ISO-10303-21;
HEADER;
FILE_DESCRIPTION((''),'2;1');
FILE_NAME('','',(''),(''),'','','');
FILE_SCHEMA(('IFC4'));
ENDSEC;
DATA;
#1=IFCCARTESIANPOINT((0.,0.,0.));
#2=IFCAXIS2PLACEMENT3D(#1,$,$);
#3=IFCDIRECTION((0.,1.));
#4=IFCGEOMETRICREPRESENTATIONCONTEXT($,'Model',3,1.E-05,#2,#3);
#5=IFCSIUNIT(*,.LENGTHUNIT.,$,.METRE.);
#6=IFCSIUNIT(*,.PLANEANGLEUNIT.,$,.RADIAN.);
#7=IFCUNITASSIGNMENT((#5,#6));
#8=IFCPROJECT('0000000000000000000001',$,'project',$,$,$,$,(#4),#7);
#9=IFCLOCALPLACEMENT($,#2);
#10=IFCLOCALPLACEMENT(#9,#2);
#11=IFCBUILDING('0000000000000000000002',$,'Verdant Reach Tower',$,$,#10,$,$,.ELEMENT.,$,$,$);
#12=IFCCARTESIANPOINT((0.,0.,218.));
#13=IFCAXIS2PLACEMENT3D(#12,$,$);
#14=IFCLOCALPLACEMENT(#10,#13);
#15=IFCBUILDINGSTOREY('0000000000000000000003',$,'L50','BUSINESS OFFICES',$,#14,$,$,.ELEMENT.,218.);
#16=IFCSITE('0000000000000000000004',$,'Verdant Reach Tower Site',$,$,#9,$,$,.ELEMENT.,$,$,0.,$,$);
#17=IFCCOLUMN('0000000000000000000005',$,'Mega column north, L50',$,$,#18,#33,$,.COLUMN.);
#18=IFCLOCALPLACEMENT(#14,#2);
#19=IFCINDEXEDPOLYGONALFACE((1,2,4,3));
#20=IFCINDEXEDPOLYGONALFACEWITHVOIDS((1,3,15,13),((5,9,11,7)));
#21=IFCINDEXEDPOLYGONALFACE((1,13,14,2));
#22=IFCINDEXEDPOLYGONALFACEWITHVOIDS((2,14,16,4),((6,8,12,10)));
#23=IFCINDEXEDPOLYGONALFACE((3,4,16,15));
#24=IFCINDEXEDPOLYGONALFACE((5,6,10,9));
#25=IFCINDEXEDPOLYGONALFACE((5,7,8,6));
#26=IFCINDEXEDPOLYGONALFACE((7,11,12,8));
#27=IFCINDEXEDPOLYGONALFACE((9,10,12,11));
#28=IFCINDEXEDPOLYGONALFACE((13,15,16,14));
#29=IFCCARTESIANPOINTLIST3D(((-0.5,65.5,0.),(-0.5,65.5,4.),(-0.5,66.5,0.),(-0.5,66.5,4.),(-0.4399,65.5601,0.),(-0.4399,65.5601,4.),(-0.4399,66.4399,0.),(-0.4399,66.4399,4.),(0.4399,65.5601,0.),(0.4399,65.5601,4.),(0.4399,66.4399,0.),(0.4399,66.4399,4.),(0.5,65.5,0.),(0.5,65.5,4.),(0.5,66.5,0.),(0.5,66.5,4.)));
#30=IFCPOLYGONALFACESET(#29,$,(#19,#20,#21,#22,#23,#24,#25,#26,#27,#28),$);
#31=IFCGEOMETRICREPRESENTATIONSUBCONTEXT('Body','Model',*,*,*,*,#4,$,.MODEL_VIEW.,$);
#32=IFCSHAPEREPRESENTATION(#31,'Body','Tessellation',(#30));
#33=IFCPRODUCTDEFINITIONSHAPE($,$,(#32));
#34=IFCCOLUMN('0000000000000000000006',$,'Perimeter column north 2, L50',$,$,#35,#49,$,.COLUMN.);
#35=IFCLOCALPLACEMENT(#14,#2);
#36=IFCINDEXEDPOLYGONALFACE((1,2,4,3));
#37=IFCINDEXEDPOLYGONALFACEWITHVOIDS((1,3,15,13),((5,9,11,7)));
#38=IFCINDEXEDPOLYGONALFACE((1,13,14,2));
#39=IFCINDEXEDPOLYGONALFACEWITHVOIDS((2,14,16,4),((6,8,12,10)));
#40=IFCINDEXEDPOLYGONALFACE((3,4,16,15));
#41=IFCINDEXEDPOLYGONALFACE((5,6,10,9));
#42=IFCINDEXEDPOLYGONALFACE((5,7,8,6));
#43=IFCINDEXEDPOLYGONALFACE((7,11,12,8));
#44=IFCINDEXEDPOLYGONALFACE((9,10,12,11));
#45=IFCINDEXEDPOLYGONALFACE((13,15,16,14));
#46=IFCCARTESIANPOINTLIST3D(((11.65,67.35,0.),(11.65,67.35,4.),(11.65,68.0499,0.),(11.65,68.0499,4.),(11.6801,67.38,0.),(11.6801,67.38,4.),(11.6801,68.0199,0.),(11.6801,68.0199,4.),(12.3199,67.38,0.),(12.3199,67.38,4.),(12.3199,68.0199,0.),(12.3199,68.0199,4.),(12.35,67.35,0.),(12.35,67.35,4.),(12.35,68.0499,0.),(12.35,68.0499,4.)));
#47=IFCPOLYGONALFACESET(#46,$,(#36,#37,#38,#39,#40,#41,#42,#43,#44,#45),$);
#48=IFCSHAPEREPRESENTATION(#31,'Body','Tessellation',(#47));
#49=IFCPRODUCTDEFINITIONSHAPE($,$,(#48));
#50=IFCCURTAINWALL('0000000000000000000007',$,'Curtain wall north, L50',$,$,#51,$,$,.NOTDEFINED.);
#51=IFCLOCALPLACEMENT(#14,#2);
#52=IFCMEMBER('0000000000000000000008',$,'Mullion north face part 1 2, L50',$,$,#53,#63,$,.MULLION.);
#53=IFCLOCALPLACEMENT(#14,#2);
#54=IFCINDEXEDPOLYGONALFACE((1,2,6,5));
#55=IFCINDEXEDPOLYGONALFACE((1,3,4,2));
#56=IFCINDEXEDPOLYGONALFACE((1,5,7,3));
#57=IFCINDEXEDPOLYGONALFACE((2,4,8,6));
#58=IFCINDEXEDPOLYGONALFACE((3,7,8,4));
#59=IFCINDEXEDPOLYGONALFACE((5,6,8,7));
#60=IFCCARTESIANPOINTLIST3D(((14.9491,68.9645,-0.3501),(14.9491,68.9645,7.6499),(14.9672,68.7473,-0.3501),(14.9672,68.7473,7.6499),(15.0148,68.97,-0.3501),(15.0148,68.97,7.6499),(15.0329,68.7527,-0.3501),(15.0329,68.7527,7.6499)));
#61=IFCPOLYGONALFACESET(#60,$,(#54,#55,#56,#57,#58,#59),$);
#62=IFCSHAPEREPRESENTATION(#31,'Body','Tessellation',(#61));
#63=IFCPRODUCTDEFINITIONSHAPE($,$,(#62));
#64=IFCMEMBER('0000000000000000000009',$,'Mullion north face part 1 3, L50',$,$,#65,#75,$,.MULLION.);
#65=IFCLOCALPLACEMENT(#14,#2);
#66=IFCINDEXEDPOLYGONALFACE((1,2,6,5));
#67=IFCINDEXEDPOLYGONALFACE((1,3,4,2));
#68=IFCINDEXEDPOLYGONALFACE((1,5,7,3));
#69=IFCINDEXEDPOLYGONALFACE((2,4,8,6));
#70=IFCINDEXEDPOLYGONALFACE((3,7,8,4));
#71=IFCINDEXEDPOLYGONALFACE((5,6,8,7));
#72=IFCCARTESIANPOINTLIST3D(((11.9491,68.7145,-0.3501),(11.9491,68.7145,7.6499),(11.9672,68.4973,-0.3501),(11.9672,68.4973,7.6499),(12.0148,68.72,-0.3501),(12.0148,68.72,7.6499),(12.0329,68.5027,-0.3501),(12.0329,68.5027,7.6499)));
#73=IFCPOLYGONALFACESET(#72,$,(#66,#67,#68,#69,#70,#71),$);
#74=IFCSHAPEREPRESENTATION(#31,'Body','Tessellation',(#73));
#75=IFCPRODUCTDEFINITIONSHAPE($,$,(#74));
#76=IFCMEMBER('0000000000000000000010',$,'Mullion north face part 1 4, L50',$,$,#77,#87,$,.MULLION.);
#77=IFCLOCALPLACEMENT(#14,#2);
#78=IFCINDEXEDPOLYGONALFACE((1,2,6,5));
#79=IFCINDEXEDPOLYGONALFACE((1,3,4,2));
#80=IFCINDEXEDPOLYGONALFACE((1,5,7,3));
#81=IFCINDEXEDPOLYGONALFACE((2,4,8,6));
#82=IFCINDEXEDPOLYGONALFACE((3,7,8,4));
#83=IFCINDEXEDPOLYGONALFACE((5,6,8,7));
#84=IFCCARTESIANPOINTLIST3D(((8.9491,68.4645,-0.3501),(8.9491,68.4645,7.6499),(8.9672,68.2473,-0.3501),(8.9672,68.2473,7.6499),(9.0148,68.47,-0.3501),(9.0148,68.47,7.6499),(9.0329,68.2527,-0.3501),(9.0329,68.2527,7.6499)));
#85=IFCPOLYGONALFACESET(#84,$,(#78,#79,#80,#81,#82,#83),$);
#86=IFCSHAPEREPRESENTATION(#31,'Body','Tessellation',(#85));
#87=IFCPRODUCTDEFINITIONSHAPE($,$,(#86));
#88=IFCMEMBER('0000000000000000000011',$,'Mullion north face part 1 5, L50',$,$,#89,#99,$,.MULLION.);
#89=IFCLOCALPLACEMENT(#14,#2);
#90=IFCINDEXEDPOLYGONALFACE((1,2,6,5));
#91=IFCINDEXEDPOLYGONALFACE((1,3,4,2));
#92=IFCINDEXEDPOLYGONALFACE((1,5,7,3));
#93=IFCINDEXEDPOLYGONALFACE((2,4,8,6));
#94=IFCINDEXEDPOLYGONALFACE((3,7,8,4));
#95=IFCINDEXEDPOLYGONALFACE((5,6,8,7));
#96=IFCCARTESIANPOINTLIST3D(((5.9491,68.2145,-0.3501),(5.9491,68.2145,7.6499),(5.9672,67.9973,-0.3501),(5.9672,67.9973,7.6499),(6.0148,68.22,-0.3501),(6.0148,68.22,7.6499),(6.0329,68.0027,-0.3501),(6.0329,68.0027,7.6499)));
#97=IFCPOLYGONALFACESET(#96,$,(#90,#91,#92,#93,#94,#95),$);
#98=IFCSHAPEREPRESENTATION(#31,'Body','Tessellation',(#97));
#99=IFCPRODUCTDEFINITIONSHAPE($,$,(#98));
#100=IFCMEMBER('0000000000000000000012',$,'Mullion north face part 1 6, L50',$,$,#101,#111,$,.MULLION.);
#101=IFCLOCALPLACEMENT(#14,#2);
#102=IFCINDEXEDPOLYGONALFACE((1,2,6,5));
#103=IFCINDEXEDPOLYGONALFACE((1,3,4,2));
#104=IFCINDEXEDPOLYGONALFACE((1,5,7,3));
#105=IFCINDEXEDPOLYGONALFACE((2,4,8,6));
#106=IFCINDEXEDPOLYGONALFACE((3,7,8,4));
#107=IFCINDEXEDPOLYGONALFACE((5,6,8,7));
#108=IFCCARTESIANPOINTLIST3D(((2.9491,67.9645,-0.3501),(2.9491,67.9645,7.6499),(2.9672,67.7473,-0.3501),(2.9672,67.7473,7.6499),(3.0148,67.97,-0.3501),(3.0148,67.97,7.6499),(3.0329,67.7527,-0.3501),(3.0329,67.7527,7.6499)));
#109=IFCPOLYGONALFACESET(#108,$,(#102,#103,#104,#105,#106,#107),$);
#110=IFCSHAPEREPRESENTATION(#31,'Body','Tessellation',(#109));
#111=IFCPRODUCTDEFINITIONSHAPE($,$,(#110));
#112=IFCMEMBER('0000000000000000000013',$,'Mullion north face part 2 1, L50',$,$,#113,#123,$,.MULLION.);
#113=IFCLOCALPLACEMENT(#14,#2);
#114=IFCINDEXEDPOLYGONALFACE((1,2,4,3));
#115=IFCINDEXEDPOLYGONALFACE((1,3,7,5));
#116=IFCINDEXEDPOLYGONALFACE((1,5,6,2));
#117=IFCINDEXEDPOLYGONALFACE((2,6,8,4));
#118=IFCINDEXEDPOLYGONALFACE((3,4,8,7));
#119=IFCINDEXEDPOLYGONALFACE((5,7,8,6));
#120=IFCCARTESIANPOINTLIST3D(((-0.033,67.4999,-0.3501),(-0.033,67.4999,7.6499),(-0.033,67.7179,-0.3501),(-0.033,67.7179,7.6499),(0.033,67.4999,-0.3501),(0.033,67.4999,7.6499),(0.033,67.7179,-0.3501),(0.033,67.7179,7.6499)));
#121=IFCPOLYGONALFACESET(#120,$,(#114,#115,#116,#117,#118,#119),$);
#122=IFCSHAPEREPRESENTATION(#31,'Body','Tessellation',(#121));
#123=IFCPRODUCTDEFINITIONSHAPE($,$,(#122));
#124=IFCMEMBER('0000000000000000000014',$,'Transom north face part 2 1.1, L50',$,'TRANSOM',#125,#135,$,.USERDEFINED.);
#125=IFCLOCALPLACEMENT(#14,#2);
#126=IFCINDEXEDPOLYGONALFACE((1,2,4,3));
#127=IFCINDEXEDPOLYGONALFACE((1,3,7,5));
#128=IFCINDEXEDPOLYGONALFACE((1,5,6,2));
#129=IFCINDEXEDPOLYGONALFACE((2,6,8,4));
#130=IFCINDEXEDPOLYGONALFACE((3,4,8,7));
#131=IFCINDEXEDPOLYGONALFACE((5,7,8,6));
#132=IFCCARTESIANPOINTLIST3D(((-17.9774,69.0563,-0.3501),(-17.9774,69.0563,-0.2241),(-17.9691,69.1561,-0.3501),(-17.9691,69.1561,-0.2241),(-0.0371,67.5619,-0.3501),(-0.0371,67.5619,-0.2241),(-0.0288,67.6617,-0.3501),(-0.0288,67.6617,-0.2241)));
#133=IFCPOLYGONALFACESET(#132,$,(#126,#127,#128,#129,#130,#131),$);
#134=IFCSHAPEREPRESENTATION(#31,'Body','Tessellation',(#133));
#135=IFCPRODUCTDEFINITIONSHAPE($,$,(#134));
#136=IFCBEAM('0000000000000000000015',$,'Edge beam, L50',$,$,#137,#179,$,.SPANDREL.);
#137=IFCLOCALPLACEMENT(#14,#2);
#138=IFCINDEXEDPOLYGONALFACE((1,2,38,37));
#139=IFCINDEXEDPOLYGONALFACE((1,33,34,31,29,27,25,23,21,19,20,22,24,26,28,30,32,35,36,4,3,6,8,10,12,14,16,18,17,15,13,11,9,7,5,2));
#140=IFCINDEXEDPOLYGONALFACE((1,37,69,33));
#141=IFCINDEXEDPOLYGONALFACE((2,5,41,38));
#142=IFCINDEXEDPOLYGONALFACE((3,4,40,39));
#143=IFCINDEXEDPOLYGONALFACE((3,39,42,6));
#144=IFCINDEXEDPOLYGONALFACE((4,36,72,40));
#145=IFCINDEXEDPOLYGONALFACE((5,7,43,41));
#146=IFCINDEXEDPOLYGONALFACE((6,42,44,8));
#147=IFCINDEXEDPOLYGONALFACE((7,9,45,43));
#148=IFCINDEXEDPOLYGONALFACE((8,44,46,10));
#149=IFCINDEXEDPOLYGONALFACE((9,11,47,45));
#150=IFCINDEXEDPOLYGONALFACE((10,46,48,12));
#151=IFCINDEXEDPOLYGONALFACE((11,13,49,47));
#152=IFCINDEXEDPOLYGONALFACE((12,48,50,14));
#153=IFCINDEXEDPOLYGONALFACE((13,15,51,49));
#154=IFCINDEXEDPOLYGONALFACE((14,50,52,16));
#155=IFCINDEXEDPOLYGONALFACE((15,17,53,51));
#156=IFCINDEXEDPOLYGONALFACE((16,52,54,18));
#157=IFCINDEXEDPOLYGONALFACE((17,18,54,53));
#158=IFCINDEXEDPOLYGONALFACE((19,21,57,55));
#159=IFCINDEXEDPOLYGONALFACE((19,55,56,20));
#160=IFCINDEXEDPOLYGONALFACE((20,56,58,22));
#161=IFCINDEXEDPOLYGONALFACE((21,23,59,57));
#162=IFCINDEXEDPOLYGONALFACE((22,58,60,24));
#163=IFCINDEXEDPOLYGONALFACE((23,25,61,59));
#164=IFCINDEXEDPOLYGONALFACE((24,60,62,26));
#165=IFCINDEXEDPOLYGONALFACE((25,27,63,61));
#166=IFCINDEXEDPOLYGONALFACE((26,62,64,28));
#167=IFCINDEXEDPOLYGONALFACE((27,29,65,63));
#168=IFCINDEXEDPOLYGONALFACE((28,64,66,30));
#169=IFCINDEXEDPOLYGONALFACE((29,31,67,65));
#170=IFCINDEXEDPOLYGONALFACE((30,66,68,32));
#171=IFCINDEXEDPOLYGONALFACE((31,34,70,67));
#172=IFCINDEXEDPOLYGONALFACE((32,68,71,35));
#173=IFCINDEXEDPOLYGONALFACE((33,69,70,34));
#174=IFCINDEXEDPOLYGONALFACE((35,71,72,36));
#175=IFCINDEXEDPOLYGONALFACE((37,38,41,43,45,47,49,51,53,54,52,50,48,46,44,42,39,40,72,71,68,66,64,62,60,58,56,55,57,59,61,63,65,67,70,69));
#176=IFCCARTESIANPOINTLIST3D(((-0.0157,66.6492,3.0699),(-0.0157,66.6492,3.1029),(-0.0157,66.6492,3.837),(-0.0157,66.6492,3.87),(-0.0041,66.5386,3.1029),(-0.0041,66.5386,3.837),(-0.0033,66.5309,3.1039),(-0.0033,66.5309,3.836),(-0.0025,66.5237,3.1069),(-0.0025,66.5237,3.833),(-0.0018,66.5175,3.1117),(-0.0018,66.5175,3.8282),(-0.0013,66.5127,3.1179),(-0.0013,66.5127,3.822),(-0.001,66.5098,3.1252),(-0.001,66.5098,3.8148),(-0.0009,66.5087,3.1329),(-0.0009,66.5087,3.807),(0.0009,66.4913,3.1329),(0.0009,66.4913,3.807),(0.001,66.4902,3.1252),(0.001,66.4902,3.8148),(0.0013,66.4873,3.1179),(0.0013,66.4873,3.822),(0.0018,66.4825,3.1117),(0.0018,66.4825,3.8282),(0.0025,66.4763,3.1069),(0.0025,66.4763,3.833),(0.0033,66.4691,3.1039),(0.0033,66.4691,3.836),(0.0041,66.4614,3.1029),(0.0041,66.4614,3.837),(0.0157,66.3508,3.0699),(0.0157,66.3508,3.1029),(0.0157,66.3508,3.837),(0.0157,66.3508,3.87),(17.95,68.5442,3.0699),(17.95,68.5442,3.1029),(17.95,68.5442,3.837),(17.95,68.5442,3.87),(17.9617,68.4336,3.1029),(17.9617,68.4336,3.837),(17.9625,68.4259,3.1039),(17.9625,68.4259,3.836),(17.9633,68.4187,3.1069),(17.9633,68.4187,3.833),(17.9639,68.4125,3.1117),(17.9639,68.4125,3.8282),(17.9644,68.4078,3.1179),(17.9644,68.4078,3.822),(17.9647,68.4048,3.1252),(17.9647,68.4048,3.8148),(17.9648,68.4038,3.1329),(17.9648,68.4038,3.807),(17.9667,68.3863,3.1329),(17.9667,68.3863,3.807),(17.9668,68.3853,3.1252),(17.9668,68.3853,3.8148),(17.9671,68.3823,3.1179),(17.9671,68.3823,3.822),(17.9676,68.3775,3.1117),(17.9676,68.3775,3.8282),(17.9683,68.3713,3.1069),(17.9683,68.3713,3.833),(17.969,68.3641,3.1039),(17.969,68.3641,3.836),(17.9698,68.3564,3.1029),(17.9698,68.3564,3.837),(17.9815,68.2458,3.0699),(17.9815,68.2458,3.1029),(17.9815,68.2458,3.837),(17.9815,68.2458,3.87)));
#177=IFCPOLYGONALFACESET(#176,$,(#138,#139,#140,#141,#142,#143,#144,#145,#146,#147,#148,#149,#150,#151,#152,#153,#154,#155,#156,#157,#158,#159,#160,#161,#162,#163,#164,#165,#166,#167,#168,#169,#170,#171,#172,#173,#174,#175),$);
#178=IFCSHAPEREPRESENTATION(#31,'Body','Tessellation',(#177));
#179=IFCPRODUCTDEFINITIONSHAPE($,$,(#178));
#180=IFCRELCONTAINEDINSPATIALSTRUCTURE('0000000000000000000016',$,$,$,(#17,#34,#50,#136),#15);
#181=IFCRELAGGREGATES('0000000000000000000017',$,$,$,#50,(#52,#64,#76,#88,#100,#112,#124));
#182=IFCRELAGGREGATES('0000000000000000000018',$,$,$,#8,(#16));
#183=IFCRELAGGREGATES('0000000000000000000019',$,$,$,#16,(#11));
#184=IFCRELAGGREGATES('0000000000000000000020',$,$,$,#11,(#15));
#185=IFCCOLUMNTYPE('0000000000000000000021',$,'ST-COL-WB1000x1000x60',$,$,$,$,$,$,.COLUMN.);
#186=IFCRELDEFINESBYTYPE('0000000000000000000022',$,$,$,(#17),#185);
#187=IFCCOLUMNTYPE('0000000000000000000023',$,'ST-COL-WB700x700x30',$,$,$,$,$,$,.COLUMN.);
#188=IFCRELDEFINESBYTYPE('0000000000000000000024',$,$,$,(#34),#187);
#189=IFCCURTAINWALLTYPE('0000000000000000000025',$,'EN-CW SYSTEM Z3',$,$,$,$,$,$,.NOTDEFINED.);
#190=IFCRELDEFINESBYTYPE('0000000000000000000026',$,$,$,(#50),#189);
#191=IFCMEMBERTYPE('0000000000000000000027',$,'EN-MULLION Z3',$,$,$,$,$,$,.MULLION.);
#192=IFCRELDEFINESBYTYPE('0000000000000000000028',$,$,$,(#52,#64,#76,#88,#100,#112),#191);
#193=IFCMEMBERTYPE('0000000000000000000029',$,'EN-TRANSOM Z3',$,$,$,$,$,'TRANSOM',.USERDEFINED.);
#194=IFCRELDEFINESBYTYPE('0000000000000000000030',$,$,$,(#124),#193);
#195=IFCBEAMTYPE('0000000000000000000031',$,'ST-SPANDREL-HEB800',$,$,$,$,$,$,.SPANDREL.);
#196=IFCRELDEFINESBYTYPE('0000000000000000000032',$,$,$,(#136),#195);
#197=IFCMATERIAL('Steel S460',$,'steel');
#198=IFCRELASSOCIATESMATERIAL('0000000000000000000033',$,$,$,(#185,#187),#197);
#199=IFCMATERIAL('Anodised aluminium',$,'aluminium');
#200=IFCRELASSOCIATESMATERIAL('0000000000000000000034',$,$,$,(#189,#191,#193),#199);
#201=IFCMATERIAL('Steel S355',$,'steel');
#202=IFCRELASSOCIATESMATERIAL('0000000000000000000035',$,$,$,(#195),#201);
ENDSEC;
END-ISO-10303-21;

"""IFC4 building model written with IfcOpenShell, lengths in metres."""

from ifc_helpers import new_model, si_unit, direction, frame, origin, origin_2d, place, context, subcontext, project, spatial, rectangle, hollow_rectangle, i_section, extrude, material, material_profile, profile_set, type_object, element, aggregate, save


model = new_model("IFC4")

# Units and contexts
model_context = context("Model", 3, precision=1e-05, world=origin(), true_north=direction((0.0, 1.0)))
body_context = subcontext(model_context, "Body", "Model", "MODEL_VIEW")
ifc_project = project(units=[si_unit("LENGTHUNIT", "METRE"), si_unit("PLANEANGLEUNIT", "RADIAN")], contexts=[model_context])

# Site, building, storey
site_placement = place(None, origin())
site = spatial("IfcSite", under=ifc_project, at=site_placement, Name="Verdant Reach Tower Site", CompositionType="ELEMENT", RefElevation=0.0)
building_placement = place(site_placement, origin())
building = spatial("IfcBuilding", under=site, at=building_placement, Name="Verdant Reach Tower", CompositionType="ELEMENT")
storey_placement = place(building_placement, frame((0.0, 0.0, 218.0)))
storey = spatial("IfcBuildingStorey", under=building, at=storey_placement, Name="L50", Description="BUSINESS OFFICES", CompositionType="ELEMENT", Elevation=218.0)

# Columns
ifc_material_1 = material(Name="Steel S460", Category="steel")
ifc_material_profile_1 = material_profile(ifc_material_1, hollow_rectangle(XDim=1.0, YDim=1.0, WallThickness=0.0601, at=origin_2d()), Name="WB 1000x1000x60")
ifc_profile_set_1 = profile_set([ifc_material_profile_1], Name="Steel S460")
column_type_1 = type_object("IfcColumnType", Name="ST-COL-WB1000x1000x60", PredefinedType="COLUMN", material=ifc_profile_set_1)
column_1_placement = place(storey_placement, frame((0.0, 66.0, 0.0), z_axis=(0.0, 0.0, 1.0), x_axis=(1.0, 0.0, 0.0)))
element("IfcColumn", 1, at=column_1_placement, inside=storey, type_object=column_type_1, Name="Mega column north, L50", PredefinedType="COLUMN", context=body_context, shape_type="SweptSolid", body=[
    extrude(hollow_rectangle(XDim=1.0, YDim=1.0, WallThickness=0.0601, at=origin_2d()), origin(), (0.0, 0.0, 1.0), 4.0),
])
ifc_material_profile_2 = material_profile(ifc_material_1, hollow_rectangle(XDim=0.7, YDim=0.7, WallThickness=0.03, at=origin_2d()), Name="WB 700x700x30")
ifc_profile_set_2 = profile_set([ifc_material_profile_2], Name="Steel S460")
column_type_2 = type_object("IfcColumnType", Name="ST-COL-WB700x700x30", PredefinedType="COLUMN", material=ifc_profile_set_2)
column_2_placement = place(storey_placement, frame((12.0, 67.7, 0.0), z_axis=(0.0, 0.0, 1.0), x_axis=(1.0, 0.0, 0.0)))
element("IfcColumn", 2, at=column_2_placement, inside=storey, type_object=column_type_2, Name="Perimeter column north 2, L50", PredefinedType="COLUMN", context=body_context, shape_type="SweptSolid", body=[
    extrude(hollow_rectangle(XDim=0.7, YDim=0.7, WallThickness=0.03, at=origin_2d()), origin(), (0.0, 0.0, 1.0), 4.0),
])

# Curtain wall, members
ifc_material_2 = material(Name="Anodised aluminium", Category="aluminium")
curtain_wall_type = type_object("IfcCurtainWallType", Name="EN-CW SYSTEM Z3", PredefinedType="NOTDEFINED", material=ifc_material_2)
curtain_wall_placement = place(storey_placement, origin())
curtain_wall = element("IfcCurtainWall", 3, at=curtain_wall_placement, inside=storey, type_object=curtain_wall_type, Name="Curtain wall north, L50", PredefinedType="NOTDEFINED")
ifc_material_profile_3 = material_profile(ifc_material_2, rectangle(XDim=0.218, YDim=0.0659, at=origin_2d()), Name="Mullion 66x218")
ifc_profile_set_3 = profile_set([ifc_material_profile_3], Name="Anodised aluminium")
member_type_1 = type_object("IfcMemberType", Name="EN-MULLION Z3", PredefinedType="MULLION", material=ifc_profile_set_3)
member_1_placement = place(storey_placement, frame((14.991, 68.8586, -0.3501), z_axis=(0.0, 0.0, 1.0), x_axis=(-0.083045, 0.996546, 0.0)))
member_1 = element("IfcMember", 4, at=member_1_placement, type_object=member_type_1, Name="Mullion north face part 1 2, L50", PredefinedType="MULLION", context=body_context, shape_type="SweptSolid", body=[
    extrude(rectangle(XDim=0.218, YDim=0.0659, at=origin_2d()), origin(), (0.0, 0.0, 1.0), 8.0),
])
member_2_placement = place(storey_placement, frame((11.991, 68.6086, -0.3501), z_axis=(0.0, 0.0, 1.0), x_axis=(-0.083045, 0.996546, 0.0)))
member_2 = element("IfcMember", 5, at=member_2_placement, type_object=member_type_1, Name="Mullion north face part 1 3, L50", PredefinedType="MULLION", context=body_context, shape_type="SweptSolid", body=[
    extrude(rectangle(XDim=0.218, YDim=0.0659, at=origin_2d()), origin(), (0.0, 0.0, 1.0), 8.0),
])
member_3_placement = place(storey_placement, frame((8.991, 68.3586, -0.3501), z_axis=(0.0, 0.0, 1.0), x_axis=(-0.083045, 0.996546, 0.0)))
member_3 = element("IfcMember", 6, at=member_3_placement, type_object=member_type_1, Name="Mullion north face part 1 4, L50", PredefinedType="MULLION", context=body_context, shape_type="SweptSolid", body=[
    extrude(rectangle(XDim=0.218, YDim=0.0659, at=origin_2d()), origin(), (0.0, 0.0, 1.0), 8.0),
])
member_4_placement = place(storey_placement, frame((5.991, 68.1086, -0.3501), z_axis=(0.0, 0.0, 1.0), x_axis=(-0.083045, 0.996546, 0.0)))
member_4 = element("IfcMember", 7, at=member_4_placement, type_object=member_type_1, Name="Mullion north face part 1 5, L50", PredefinedType="MULLION", context=body_context, shape_type="SweptSolid", body=[
    extrude(rectangle(XDim=0.218, YDim=0.0659, at=origin_2d()), origin(), (0.0, 0.0, 1.0), 8.0),
])
member_5_placement = place(storey_placement, frame((2.991, 67.8586, -0.3501), z_axis=(0.0, 0.0, 1.0), x_axis=(-0.083045, 0.996546, 0.0)))
member_5 = element("IfcMember", 8, at=member_5_placement, type_object=member_type_1, Name="Mullion north face part 1 6, L50", PredefinedType="MULLION", context=body_context, shape_type="SweptSolid", body=[
    extrude(rectangle(XDim=0.218, YDim=0.0659, at=origin_2d()), origin(), (0.0, 0.0, 1.0), 8.0),
])
member_6_placement = place(storey_placement, frame((0.0, 67.6089, -0.3501), z_axis=(0.0, 0.0, 1.0), x_axis=(0.0, 1.0, 0.0)))
member_6 = element("IfcMember", 9, at=member_6_placement, type_object=member_type_1, Name="Mullion north face part 2 1, L50", PredefinedType="MULLION", context=body_context, shape_type="SweptSolid", body=[
    extrude(rectangle(XDim=0.218, YDim=0.0659, at=origin_2d()), origin(), (0.0, 0.0, 1.0), 8.0),
])
ifc_material_profile_4 = material_profile(ifc_material_2, rectangle(XDim=0.1001, YDim=0.126, at=origin_2d()), Name="Transom 126x100")
ifc_profile_set_4 = profile_set([ifc_material_profile_4], Name="Anodised aluminium")
member_type_2 = type_object("IfcMemberType", Name="EN-TRANSOM Z3", ElementType="TRANSOM", PredefinedType="USERDEFINED", material=ifc_profile_set_4)
member_7_placement = place(storey_placement, frame((-0.033, 67.6118, -0.2871), z_axis=(-0.996549, 0.08301, 0.0), x_axis=(-0.08301, -0.996549, 0.0)))
member_7 = element("IfcMember", 10, at=member_7_placement, type_object=member_type_2, Name="Transom north face part 2 1.1, L50", ObjectType="TRANSOM", PredefinedType="USERDEFINED", context=body_context, shape_type="SweptSolid", body=[
    extrude(rectangle(XDim=0.1001, YDim=0.126, at=origin_2d()), origin(), (0.0, 0.0, 1.0), 18.0024),
])

# Beam
ifc_material_3 = material(Name="Steel S355", Category="steel")
ifc_material_profile_5 = material_profile(ifc_material_3, i_section(OverallWidth=0.3, OverallDepth=0.8, WebThickness=0.0176, FlangeThickness=0.033, FilletRadius=0.03, at=origin_2d()), Name="HEB 800")
ifc_profile_set_5 = profile_set([ifc_material_profile_5], Name="Steel S355")
beam_type_1 = type_object("IfcBeamType", Name="ST-SPANDREL-HEB800", PredefinedType="SPANDREL", material=ifc_profile_set_5)
beam_1_placement = place(storey_placement, frame((0.0, 66.5, 3.47), z_axis=(0.994483, 0.104897, 0.0), x_axis=(-0.104897, 0.994483, 0.0)))
element("IfcBeam", 11, at=beam_1_placement, inside=storey, type_object=beam_type_1, Name="Edge beam, L50", PredefinedType="SPANDREL", context=body_context, shape_type="SweptSolid", body=[
    extrude(i_section(OverallWidth=0.3, OverallDepth=0.8, WebThickness=0.0176, FlangeThickness=0.033, FilletRadius=0.03, at=origin_2d()), origin(), (0.0, 0.0, 1.0), 18.0654),
])

aggregate(curtain_wall, [member_1, member_2, member_3, member_4, member_5, member_6, member_7])

save(model, "model.ifc")
